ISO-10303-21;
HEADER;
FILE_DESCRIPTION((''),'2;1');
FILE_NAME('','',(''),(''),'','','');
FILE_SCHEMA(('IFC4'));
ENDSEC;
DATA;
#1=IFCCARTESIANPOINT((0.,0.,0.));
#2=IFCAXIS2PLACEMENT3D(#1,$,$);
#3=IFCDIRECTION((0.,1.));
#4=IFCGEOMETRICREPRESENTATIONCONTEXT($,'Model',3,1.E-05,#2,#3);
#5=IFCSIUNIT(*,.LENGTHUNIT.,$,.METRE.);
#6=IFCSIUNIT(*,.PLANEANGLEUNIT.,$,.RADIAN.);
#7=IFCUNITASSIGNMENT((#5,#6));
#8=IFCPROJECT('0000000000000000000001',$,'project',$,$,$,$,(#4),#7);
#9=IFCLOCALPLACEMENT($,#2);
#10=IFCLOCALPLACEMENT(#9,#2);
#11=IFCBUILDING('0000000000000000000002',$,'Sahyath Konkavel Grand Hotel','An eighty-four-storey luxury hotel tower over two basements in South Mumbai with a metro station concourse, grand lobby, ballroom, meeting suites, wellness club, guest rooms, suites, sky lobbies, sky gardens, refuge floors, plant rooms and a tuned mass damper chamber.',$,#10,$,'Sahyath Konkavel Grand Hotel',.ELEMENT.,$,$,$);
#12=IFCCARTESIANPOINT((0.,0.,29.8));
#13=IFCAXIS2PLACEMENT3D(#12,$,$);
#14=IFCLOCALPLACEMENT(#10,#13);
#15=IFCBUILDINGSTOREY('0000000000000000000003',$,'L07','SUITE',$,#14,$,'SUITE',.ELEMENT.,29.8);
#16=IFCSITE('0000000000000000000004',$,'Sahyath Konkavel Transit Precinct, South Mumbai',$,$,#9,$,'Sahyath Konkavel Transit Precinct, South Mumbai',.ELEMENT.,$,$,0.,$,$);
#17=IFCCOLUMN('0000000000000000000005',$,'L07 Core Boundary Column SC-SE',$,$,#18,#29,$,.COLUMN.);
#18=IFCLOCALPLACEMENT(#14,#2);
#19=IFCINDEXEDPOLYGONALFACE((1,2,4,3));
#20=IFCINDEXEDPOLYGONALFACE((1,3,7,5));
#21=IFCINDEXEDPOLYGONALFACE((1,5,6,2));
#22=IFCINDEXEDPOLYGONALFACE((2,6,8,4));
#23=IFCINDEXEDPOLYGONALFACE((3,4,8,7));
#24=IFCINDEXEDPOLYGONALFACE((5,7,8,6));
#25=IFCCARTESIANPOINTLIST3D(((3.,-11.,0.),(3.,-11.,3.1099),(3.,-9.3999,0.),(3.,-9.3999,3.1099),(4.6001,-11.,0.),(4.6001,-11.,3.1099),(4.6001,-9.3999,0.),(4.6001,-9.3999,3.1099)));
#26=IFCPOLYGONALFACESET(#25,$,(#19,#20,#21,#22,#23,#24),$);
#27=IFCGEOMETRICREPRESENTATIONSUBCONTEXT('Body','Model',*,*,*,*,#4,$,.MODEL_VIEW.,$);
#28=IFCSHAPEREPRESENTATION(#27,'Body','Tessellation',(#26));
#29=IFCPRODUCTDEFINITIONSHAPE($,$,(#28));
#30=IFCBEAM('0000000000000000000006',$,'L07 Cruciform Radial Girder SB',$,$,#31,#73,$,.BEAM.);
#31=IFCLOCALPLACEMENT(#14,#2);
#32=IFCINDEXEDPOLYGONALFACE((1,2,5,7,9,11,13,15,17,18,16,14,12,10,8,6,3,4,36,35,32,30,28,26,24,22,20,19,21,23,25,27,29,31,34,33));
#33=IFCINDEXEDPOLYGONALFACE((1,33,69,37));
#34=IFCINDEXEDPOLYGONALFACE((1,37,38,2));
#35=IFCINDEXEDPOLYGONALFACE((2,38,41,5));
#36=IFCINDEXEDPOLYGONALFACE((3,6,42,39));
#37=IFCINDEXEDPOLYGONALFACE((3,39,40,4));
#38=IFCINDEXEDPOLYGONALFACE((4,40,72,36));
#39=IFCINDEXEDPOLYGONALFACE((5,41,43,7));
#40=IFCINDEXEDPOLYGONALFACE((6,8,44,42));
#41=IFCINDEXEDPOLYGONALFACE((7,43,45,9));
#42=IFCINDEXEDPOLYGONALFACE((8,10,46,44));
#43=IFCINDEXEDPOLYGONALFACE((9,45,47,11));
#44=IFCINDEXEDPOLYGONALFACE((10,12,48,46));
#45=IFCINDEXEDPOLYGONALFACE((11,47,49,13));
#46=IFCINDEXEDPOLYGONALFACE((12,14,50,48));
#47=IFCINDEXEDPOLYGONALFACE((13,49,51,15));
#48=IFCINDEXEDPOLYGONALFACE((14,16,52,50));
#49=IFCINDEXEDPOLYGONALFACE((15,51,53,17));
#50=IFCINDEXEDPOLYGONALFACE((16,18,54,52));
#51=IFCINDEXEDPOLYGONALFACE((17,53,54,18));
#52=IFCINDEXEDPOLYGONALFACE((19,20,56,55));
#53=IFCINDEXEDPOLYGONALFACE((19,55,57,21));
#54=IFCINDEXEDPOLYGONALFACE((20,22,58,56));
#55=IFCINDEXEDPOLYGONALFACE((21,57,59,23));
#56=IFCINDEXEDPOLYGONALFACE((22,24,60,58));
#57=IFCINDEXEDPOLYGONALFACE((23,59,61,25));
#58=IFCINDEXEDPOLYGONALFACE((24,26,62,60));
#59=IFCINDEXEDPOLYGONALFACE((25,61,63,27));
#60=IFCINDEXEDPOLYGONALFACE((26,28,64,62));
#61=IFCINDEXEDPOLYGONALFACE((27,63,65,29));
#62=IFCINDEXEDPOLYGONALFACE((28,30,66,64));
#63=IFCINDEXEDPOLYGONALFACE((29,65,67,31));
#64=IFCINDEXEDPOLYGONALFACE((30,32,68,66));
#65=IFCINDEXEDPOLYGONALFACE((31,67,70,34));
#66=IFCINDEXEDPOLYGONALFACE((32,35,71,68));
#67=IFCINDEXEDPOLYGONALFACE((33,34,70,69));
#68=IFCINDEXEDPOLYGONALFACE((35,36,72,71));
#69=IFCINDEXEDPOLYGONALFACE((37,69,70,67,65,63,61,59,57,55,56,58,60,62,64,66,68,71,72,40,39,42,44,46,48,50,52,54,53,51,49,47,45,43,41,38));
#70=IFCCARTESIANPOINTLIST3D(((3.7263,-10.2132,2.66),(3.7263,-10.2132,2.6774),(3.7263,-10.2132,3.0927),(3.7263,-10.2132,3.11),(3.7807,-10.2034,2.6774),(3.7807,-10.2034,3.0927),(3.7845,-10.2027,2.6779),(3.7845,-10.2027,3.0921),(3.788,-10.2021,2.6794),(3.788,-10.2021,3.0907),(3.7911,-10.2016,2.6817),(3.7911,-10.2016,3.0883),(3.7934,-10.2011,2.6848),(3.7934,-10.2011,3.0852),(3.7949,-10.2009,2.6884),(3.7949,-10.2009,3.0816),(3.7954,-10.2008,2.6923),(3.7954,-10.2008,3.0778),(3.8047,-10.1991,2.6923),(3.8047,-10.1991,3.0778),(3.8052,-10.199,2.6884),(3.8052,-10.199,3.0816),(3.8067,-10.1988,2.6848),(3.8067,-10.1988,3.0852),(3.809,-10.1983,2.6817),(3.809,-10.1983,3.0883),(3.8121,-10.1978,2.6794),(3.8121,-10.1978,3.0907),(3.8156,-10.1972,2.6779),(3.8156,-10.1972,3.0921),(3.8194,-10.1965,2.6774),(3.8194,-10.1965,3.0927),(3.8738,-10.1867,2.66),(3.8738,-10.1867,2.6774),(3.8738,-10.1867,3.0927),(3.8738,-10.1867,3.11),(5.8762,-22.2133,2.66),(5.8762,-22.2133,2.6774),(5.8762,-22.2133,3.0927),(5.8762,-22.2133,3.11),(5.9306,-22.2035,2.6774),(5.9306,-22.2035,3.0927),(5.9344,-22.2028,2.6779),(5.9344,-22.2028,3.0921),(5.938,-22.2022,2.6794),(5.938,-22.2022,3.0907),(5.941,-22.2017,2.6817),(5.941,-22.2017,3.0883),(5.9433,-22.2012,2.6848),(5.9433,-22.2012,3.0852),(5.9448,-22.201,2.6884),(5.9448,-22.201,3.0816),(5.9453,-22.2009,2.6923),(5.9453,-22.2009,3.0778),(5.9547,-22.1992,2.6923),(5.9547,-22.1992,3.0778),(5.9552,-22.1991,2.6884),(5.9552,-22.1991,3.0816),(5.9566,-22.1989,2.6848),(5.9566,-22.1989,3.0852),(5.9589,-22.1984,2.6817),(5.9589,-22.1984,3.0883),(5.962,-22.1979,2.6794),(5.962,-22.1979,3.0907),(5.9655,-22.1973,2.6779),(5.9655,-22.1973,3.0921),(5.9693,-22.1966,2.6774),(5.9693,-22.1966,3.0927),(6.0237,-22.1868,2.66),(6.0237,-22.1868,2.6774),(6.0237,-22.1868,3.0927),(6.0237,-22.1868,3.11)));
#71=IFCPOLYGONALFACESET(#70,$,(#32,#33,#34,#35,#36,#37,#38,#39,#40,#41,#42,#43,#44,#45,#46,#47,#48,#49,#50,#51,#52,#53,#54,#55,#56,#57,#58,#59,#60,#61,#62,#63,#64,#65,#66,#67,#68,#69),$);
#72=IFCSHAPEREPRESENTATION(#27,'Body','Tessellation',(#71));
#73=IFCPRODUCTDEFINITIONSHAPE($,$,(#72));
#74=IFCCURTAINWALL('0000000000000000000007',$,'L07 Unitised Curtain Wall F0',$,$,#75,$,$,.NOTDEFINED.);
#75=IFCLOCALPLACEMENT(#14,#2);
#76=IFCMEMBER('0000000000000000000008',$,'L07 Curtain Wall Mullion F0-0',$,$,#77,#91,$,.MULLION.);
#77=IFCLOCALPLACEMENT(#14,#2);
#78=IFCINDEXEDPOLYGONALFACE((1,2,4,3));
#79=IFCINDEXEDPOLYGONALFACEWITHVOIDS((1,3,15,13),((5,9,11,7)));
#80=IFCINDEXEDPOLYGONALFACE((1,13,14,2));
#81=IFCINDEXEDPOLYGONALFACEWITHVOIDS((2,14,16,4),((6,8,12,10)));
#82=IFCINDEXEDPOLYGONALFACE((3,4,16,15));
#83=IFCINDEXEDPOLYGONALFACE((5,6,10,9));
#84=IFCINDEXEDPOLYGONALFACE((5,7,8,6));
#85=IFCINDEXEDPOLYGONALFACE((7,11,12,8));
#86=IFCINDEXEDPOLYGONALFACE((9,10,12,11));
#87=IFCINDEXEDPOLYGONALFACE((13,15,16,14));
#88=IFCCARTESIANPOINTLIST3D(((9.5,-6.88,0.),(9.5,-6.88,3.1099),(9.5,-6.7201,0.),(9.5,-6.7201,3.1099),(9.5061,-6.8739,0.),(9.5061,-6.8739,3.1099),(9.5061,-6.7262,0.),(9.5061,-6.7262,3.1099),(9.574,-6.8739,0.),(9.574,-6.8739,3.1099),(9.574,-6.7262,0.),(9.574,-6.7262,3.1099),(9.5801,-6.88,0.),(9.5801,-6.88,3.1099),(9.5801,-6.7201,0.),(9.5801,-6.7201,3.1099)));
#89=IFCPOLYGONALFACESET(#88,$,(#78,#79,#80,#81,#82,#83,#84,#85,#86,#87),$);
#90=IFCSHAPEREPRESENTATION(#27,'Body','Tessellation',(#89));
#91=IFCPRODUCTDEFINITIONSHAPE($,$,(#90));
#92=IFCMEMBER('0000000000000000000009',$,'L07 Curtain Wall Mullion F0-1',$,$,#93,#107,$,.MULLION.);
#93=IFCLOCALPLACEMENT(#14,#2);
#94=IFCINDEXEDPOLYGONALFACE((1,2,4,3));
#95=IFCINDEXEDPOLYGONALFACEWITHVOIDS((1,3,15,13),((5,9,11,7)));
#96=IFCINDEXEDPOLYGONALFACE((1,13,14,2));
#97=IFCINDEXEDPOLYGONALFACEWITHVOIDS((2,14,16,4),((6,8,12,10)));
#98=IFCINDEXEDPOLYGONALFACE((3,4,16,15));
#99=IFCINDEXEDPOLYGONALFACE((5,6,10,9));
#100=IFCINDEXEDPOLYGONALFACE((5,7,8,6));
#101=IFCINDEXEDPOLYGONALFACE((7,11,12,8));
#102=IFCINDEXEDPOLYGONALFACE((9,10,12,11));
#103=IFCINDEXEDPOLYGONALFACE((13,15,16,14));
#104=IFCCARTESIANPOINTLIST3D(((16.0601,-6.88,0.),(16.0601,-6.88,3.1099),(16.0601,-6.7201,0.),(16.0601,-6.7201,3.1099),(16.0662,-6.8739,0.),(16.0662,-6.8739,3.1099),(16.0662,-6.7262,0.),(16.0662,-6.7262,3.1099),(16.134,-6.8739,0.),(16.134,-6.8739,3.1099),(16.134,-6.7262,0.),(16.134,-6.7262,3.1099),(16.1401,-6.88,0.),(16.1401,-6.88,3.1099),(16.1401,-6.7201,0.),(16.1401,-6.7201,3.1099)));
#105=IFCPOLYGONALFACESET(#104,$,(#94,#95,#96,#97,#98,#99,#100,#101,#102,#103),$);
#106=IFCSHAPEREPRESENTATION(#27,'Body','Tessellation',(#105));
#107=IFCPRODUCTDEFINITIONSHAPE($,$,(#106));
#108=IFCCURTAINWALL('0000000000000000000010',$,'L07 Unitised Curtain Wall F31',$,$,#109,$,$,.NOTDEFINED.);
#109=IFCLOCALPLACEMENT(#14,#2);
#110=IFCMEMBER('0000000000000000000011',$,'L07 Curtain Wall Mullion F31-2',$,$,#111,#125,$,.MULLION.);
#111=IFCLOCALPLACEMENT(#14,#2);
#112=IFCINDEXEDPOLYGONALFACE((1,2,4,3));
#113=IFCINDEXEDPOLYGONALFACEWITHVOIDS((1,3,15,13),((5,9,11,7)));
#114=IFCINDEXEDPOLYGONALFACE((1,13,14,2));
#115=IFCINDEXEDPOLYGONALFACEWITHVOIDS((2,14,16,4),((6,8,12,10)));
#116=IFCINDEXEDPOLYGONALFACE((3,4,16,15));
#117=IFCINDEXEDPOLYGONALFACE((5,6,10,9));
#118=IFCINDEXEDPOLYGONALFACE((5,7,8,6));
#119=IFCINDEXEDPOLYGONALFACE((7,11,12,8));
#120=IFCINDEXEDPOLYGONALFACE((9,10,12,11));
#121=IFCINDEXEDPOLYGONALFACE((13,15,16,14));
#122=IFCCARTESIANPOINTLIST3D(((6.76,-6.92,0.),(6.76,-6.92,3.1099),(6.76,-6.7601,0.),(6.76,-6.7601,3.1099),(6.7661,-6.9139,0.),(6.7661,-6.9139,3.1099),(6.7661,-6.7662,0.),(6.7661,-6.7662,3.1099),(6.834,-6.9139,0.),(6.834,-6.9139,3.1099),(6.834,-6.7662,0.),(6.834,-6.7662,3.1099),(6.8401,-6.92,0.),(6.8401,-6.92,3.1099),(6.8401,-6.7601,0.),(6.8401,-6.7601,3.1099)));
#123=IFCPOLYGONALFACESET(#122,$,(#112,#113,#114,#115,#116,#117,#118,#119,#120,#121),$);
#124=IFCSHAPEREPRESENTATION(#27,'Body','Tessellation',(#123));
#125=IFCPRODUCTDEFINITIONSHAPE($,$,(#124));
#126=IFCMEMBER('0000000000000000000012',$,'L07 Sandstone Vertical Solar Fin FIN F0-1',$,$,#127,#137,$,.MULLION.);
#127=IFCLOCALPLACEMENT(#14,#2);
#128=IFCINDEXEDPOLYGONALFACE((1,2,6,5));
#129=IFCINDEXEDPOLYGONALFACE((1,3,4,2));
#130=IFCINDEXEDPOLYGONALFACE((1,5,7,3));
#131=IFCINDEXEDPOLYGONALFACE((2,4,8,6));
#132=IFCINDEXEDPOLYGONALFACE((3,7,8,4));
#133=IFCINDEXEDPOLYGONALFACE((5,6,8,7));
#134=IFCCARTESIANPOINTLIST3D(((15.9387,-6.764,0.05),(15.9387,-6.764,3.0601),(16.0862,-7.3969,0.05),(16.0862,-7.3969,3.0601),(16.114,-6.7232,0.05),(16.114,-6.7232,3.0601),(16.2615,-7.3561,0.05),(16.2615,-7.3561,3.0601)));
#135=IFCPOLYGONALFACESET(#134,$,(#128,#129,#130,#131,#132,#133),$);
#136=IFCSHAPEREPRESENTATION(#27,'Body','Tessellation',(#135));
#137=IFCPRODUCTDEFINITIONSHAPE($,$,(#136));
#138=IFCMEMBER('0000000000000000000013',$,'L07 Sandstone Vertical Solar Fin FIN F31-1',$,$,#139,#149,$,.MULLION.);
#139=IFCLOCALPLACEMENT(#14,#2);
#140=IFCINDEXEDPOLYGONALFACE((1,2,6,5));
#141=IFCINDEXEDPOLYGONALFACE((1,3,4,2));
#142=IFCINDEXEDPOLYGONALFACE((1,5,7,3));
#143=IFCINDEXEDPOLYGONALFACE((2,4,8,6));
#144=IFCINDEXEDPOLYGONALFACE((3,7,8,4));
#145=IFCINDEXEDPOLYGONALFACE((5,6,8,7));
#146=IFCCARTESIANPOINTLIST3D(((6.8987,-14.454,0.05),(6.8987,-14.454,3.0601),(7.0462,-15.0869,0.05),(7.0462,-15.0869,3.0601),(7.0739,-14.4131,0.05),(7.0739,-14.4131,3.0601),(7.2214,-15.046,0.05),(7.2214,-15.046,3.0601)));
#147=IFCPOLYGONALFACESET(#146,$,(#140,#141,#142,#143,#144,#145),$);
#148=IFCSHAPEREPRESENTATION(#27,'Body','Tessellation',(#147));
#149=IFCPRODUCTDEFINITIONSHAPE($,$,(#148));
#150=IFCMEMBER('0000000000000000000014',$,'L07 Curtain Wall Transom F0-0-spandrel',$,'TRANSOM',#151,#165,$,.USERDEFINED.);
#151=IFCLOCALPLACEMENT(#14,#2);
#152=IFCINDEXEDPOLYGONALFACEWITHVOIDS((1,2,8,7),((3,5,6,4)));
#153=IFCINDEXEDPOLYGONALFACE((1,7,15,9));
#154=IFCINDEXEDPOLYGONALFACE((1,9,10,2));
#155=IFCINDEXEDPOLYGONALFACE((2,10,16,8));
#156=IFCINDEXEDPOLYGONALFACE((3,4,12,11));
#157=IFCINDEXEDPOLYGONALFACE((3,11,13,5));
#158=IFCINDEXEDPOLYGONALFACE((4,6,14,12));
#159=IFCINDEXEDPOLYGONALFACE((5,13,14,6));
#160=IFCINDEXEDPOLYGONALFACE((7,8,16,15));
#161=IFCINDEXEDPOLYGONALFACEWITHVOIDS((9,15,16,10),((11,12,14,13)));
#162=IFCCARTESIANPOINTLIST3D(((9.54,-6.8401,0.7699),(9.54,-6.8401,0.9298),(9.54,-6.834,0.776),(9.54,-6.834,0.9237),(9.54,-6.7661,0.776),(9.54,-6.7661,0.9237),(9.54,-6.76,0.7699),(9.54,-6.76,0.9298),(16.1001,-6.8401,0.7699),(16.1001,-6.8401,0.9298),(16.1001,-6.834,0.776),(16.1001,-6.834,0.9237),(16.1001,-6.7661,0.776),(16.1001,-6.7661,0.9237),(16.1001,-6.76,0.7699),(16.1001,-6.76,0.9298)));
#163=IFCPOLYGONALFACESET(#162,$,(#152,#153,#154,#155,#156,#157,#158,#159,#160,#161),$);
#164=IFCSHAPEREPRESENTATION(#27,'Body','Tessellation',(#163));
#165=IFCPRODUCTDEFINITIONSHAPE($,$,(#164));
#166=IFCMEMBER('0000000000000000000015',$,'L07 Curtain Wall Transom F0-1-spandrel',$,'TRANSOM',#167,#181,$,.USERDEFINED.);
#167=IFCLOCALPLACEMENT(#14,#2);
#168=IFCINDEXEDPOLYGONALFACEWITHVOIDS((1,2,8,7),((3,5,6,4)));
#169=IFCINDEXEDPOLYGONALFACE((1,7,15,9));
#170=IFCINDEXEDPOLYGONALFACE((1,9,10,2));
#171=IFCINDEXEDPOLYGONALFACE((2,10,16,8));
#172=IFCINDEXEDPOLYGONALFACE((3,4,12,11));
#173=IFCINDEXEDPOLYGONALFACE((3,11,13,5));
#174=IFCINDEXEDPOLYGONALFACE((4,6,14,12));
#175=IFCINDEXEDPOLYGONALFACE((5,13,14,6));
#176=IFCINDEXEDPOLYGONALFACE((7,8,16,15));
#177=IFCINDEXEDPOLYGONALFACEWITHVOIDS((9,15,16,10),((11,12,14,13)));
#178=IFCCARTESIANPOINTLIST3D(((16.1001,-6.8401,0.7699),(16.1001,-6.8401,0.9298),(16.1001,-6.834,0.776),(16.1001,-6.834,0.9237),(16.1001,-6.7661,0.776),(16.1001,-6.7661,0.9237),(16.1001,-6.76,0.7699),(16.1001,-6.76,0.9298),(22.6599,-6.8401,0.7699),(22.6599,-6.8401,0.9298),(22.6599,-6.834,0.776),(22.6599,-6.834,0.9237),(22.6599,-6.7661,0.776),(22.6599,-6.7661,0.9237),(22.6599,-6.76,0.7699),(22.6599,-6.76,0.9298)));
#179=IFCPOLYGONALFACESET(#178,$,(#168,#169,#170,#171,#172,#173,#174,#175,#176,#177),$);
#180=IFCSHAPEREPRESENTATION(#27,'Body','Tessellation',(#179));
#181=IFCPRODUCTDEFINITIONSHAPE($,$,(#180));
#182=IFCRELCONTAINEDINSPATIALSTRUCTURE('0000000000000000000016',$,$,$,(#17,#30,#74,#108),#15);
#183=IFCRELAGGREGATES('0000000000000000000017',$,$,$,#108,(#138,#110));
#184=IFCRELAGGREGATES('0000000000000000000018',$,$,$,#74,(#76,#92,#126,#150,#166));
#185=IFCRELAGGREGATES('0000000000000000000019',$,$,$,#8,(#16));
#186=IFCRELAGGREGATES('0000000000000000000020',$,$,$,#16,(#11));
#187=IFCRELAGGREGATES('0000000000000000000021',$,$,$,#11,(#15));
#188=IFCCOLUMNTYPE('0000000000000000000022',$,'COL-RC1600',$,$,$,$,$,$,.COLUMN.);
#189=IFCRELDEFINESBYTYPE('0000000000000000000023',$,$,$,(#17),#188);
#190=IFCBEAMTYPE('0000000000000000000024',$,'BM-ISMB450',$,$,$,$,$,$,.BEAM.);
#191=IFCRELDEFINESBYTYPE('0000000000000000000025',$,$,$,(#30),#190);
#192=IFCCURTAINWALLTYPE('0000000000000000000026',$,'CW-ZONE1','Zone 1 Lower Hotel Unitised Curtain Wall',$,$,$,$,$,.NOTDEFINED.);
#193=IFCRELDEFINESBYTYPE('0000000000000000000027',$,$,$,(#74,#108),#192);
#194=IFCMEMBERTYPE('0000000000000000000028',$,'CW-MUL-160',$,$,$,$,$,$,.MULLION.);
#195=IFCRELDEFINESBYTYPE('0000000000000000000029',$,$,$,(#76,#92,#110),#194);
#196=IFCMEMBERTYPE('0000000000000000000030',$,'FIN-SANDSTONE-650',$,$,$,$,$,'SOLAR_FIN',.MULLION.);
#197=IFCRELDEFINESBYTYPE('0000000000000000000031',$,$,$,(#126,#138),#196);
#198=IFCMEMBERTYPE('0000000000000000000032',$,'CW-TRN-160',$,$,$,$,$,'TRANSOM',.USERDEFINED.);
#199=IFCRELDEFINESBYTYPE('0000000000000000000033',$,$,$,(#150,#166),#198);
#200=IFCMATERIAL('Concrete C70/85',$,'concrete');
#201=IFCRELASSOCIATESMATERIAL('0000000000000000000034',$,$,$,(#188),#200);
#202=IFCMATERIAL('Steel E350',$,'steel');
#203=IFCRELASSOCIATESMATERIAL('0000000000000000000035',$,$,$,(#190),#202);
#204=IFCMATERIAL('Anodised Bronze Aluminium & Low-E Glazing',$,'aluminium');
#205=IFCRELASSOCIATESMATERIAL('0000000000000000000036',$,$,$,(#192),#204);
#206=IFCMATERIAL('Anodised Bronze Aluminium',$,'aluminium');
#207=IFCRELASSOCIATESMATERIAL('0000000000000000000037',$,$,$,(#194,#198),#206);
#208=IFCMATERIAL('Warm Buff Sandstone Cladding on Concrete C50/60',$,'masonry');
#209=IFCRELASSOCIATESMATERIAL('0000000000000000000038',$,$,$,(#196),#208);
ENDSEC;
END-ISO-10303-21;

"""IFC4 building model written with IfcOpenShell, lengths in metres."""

from ifc_helpers import new_model, si_unit, direction, frame, origin, origin_2d, place, context, subcontext, project, spatial, rectangle, hollow_rectangle, i_section, extrude, source, transform, mapped, material, material_profile, profile_set, type_object, element, aggregate, save


model = new_model("IFC4")

# Units and contexts
model_context = context("Model", 3, precision=1e-05, world=origin(), true_north=direction((0.0, 1.0)))
body_context = subcontext(model_context, "Body", "Model", "MODEL_VIEW")
ifc_project = project(units=[si_unit("LENGTHUNIT", "METRE"), si_unit("PLANEANGLEUNIT", "RADIAN")], contexts=[model_context])

# Site, building, storey
site_placement = place(None, origin())
site = spatial("IfcSite", under=ifc_project, at=site_placement, Name="Sahyath Konkavel Transit Precinct, South Mumbai", LongName="Sahyath Konkavel Transit Precinct, South Mumbai", CompositionType="ELEMENT", RefElevation=0.0)
building_placement = place(site_placement, origin())
building = spatial("IfcBuilding", under=site, at=building_placement, Name="Sahyath Konkavel Grand Hotel", Description="An eighty-four-storey luxury hotel tower over two basements in South Mumbai with a metro station concourse, grand lobby, ballroom, meeting suites, wellness club, guest rooms, suites, sky lobbies, sky gardens, refuge floors, plant rooms and a tuned mass damper chamber.", LongName="Sahyath Konkavel Grand Hotel", CompositionType="ELEMENT")
storey_placement = place(building_placement, frame((0.0, 0.0, 29.8)))
storey = spatial("IfcBuildingStorey", under=building, at=storey_placement, Name="L07", Description="SUITE", LongName="SUITE", CompositionType="ELEMENT", Elevation=29.8)

# Column
ifc_material_1 = material(Name="Concrete C70/85", Category="concrete")
ifc_material_profile_1 = material_profile(ifc_material_1, rectangle(XDim=1.6001, YDim=1.6001, at=origin_2d()), Name="RC 1600x1600")
ifc_profile_set_1 = profile_set([ifc_material_profile_1], Name="Concrete C70/85")
column_type = type_object("IfcColumnType", Name="COL-RC1600", PredefinedType="COLUMN", material=ifc_profile_set_1)
shared_shape_1 = source(origin(), body_context, "Body", "SweptSolid", [
    extrude(rectangle(XDim=1.6001, YDim=1.6001, at=origin_2d()), origin(), (0.0, 0.0, 1.0), 3.1099),
])
column_placement = place(storey_placement, frame((3.8, -10.2, 0.0), z_axis=(0.0, 0.0, 1.0), x_axis=(1.0, 0.0, 0.0)))
element("IfcColumn", 1, at=column_placement, inside=storey, type_object=column_type, Name="L07 Core Boundary Column SC-SE", PredefinedType="COLUMN", context=body_context, shape_type="MappedRepresentation", body=[
    mapped(shared_shape_1, transform((0.0, 0.0, 0.0), scale=1.0)),
])

# Beam
ifc_material_2 = material(Name="Steel E350", Category="steel")
ifc_material_profile_2 = material_profile(ifc_material_2, i_section(OverallWidth=0.1499, OverallDepth=0.45, WebThickness=0.0095, FlangeThickness=0.0173, FilletRadius=0.0149, at=origin_2d()), Name="ISMB 450")
ifc_profile_set_2 = profile_set([ifc_material_profile_2], Name="Steel E350")
beam_type_1 = type_object("IfcBeamType", Name="BM-ISMB450", PredefinedType="BEAM", material=ifc_profile_set_2)
shared_shape_2 = source(origin(), body_context, "Body", "SweptSolid", [
    extrude(i_section(OverallWidth=0.1499, OverallDepth=0.45, WebThickness=0.0095, FlangeThickness=0.0173, FilletRadius=0.0149, at=origin_2d()), origin(), (0.0, 0.0, 1.0), 12.1912),
])
beam_1_placement = place(storey_placement, frame((3.8, -10.2, 2.885), z_axis=(0.176351, -0.984327, 0.0), x_axis=(0.984327, 0.176351, 0.0)))
element("IfcBeam", 2, at=beam_1_placement, inside=storey, type_object=beam_type_1, Name="L07 Cruciform Radial Girder SB", PredefinedType="BEAM", context=body_context, shape_type="MappedRepresentation", body=[
    mapped(shared_shape_2, transform((0.0, 0.0, 0.0), scale=1.0)),
])

# Curtain wall, members
ifc_material_3 = material(Name="Anodised Bronze Aluminium & Low-E Glazing", Category="aluminium")
curtain_wall_type = type_object("IfcCurtainWallType", Name="CW-ZONE1", Description="Zone 1 Lower Hotel Unitised Curtain Wall", PredefinedType="NOTDEFINED", material=ifc_material_3)
curtain_wall_1_placement = place(storey_placement, origin())
curtain_wall_1 = element("IfcCurtainWall", 3, at=curtain_wall_1_placement, inside=storey, type_object=curtain_wall_type, Name="L07 Unitised Curtain Wall F0", PredefinedType="NOTDEFINED")
ifc_material_4 = material(Name="Anodised Bronze Aluminium", Category="aluminium")
ifc_material_profile_3 = material_profile(ifc_material_4, hollow_rectangle(XDim=0.0801, YDim=0.1599, WallThickness=0.0061, at=origin_2d()), Name="RHS 160x80x6")
ifc_profile_set_3 = profile_set([ifc_material_profile_3], Name="Anodised Bronze Aluminium")
member_type_1 = type_object("IfcMemberType", Name="CW-MUL-160", PredefinedType="MULLION", material=ifc_profile_set_3)
shared_shape_3 = source(origin(), body_context, "Body", "SweptSolid", [
    extrude(hollow_rectangle(XDim=0.0801, YDim=0.1599, WallThickness=0.0061, at=origin_2d()), origin(), (0.0, 0.0, 1.0), 3.1099),
])
member_1_placement = place(storey_placement, frame((9.54, -6.8, 0.0), z_axis=(0.0, 0.0, 1.0), x_axis=(1.0, 0.0, 0.0)))
member_1 = element("IfcMember", 4, at=member_1_placement, type_object=member_type_1, Name="L07 Curtain Wall Mullion F0-0", PredefinedType="MULLION", context=body_context, shape_type="MappedRepresentation", body=[
    mapped(shared_shape_3, transform((0.0, 0.0, 0.0), scale=1.0)),
])
member_2_placement = place(storey_placement, frame((16.1001, -6.8, 0.0), z_axis=(0.0, 0.0, 1.0), x_axis=(1.0, 0.0, 0.0)))
member_2 = element("IfcMember", 5, at=member_2_placement, type_object=member_type_1, Name="L07 Curtain Wall Mullion F0-1", PredefinedType="MULLION", context=body_context, shape_type="MappedRepresentation", body=[
    mapped(shared_shape_3, transform((0.0, 0.0, 0.0), scale=1.0)),
])

# Curtain wall, member
curtain_wall_2_placement = place(storey_placement, origin())
curtain_wall_2 = element("IfcCurtainWall", 6, at=curtain_wall_2_placement, inside=storey, type_object=curtain_wall_type, Name="L07 Unitised Curtain Wall F31", PredefinedType="NOTDEFINED")
member_3_placement = place(storey_placement, frame((6.8, -6.8401, 0.0), z_axis=(0.0, 0.0, 1.0), x_axis=(1.0, 0.0, 0.0)))
member_3 = element("IfcMember", 7, at=member_3_placement, type_object=member_type_1, Name="L07 Curtain Wall Mullion F31-2", PredefinedType="MULLION", context=body_context, shape_type="MappedRepresentation", body=[
    mapped(shared_shape_3, transform((0.0, 0.0, 0.0), scale=1.0)),
])

# Members
ifc_material_5 = material(Name="Warm Buff Sandstone Cladding on Concrete C50/60", Category="masonry")
ifc_material_profile_4 = material_profile(ifc_material_5, rectangle(XDim=0.1799, YDim=0.6499, at=origin_2d()), Name="FIN 180x650")
ifc_profile_set_4 = profile_set([ifc_material_profile_4], Name="Warm Buff Sandstone Cladding on Concrete C50/60")
member_type_2 = type_object("IfcMemberType", Name="FIN-SANDSTONE-650", ElementType="SOLAR_FIN", PredefinedType="MULLION", material=ifc_profile_set_4)
shared_shape_4 = source(origin(), body_context, "Body", "SweptSolid", [
    extrude(rectangle(XDim=0.1799, YDim=0.6499, at=origin_2d()), origin(), (0.0, 0.0, 1.0), 3.01),
])
member_4_placement = place(storey_placement, frame((16.1001, -7.0601, 0.05), z_axis=(0.0, 0.0, 1.0), x_axis=(0.973897, 0.226991, 0.0)))
member_4 = element("IfcMember", 8, at=member_4_placement, type_object=member_type_2, Name="L07 Sandstone Vertical Solar Fin FIN F0-1", PredefinedType="MULLION", context=body_context, shape_type="MappedRepresentation", body=[
    mapped(shared_shape_4, transform((0.0, 0.0, 0.0), scale=1.0)),
])
member_5_placement = place(storey_placement, frame((7.0601, -14.75, 0.05), z_axis=(0.0, 0.0, 1.0), x_axis=(0.973897, 0.226991, 0.0)))
member_5 = element("IfcMember", 9, at=member_5_placement, type_object=member_type_2, Name="L07 Sandstone Vertical Solar Fin FIN F31-1", PredefinedType="MULLION", context=body_context, shape_type="MappedRepresentation", body=[
    mapped(shared_shape_4, transform((0.0, 0.0, 0.0), scale=1.0)),
])
ifc_material_profile_5 = material_profile(ifc_material_4, hollow_rectangle(XDim=0.0801, YDim=0.1599, WallThickness=0.0061, at=origin_2d()), Name="RHS 160x80x6")
ifc_profile_set_5 = profile_set([ifc_material_profile_5], Name="Anodised Bronze Aluminium")
member_type_3 = type_object("IfcMemberType", Name="CW-TRN-160", ElementType="TRANSOM", PredefinedType="USERDEFINED", material=ifc_profile_set_5)
shared_shape_5 = source(origin(), body_context, "Body", "SweptSolid", [
    extrude(hollow_rectangle(XDim=0.0801, YDim=0.1599, WallThickness=0.0061, at=origin_2d()), origin(), (0.0, 0.0, 1.0), 6.5601),
])
member_6_placement = place(storey_placement, frame((9.54, -6.8, 0.8499), z_axis=(1.0, 0.0, 0.0), x_axis=(0.0, 1.0, 0.0)))
member_6 = element("IfcMember", 10, at=member_6_placement, type_object=member_type_3, Name="L07 Curtain Wall Transom F0-0-spandrel", ObjectType="TRANSOM", PredefinedType="USERDEFINED", context=body_context, shape_type="MappedRepresentation", body=[
    mapped(shared_shape_5, transform((0.0, 0.0, 0.0), scale=1.0)),
])
shared_shape_6 = source(origin(), body_context, "Body", "SweptSolid", [
    extrude(hollow_rectangle(XDim=0.0801, YDim=0.1599, WallThickness=0.0061, at=origin_2d()), origin(), (0.0, 0.0, 1.0), 6.5598),
])
member_7_placement = place(storey_placement, frame((16.1001, -6.8, 0.8499), z_axis=(1.0, 0.0, 0.0), x_axis=(0.0, 1.0, 0.0)))
member_7 = element("IfcMember", 11, at=member_7_placement, type_object=member_type_3, Name="L07 Curtain Wall Transom F0-1-spandrel", ObjectType="TRANSOM", PredefinedType="USERDEFINED", context=body_context, shape_type="MappedRepresentation", body=[
    mapped(shared_shape_6, transform((0.0, 0.0, 0.0), scale=1.0)),
])

aggregate(curtain_wall_2, [member_5, member_3])
aggregate(curtain_wall_1, [member_1, member_2, member_4, member_6, member_7])

save(model, "model.ifc")
